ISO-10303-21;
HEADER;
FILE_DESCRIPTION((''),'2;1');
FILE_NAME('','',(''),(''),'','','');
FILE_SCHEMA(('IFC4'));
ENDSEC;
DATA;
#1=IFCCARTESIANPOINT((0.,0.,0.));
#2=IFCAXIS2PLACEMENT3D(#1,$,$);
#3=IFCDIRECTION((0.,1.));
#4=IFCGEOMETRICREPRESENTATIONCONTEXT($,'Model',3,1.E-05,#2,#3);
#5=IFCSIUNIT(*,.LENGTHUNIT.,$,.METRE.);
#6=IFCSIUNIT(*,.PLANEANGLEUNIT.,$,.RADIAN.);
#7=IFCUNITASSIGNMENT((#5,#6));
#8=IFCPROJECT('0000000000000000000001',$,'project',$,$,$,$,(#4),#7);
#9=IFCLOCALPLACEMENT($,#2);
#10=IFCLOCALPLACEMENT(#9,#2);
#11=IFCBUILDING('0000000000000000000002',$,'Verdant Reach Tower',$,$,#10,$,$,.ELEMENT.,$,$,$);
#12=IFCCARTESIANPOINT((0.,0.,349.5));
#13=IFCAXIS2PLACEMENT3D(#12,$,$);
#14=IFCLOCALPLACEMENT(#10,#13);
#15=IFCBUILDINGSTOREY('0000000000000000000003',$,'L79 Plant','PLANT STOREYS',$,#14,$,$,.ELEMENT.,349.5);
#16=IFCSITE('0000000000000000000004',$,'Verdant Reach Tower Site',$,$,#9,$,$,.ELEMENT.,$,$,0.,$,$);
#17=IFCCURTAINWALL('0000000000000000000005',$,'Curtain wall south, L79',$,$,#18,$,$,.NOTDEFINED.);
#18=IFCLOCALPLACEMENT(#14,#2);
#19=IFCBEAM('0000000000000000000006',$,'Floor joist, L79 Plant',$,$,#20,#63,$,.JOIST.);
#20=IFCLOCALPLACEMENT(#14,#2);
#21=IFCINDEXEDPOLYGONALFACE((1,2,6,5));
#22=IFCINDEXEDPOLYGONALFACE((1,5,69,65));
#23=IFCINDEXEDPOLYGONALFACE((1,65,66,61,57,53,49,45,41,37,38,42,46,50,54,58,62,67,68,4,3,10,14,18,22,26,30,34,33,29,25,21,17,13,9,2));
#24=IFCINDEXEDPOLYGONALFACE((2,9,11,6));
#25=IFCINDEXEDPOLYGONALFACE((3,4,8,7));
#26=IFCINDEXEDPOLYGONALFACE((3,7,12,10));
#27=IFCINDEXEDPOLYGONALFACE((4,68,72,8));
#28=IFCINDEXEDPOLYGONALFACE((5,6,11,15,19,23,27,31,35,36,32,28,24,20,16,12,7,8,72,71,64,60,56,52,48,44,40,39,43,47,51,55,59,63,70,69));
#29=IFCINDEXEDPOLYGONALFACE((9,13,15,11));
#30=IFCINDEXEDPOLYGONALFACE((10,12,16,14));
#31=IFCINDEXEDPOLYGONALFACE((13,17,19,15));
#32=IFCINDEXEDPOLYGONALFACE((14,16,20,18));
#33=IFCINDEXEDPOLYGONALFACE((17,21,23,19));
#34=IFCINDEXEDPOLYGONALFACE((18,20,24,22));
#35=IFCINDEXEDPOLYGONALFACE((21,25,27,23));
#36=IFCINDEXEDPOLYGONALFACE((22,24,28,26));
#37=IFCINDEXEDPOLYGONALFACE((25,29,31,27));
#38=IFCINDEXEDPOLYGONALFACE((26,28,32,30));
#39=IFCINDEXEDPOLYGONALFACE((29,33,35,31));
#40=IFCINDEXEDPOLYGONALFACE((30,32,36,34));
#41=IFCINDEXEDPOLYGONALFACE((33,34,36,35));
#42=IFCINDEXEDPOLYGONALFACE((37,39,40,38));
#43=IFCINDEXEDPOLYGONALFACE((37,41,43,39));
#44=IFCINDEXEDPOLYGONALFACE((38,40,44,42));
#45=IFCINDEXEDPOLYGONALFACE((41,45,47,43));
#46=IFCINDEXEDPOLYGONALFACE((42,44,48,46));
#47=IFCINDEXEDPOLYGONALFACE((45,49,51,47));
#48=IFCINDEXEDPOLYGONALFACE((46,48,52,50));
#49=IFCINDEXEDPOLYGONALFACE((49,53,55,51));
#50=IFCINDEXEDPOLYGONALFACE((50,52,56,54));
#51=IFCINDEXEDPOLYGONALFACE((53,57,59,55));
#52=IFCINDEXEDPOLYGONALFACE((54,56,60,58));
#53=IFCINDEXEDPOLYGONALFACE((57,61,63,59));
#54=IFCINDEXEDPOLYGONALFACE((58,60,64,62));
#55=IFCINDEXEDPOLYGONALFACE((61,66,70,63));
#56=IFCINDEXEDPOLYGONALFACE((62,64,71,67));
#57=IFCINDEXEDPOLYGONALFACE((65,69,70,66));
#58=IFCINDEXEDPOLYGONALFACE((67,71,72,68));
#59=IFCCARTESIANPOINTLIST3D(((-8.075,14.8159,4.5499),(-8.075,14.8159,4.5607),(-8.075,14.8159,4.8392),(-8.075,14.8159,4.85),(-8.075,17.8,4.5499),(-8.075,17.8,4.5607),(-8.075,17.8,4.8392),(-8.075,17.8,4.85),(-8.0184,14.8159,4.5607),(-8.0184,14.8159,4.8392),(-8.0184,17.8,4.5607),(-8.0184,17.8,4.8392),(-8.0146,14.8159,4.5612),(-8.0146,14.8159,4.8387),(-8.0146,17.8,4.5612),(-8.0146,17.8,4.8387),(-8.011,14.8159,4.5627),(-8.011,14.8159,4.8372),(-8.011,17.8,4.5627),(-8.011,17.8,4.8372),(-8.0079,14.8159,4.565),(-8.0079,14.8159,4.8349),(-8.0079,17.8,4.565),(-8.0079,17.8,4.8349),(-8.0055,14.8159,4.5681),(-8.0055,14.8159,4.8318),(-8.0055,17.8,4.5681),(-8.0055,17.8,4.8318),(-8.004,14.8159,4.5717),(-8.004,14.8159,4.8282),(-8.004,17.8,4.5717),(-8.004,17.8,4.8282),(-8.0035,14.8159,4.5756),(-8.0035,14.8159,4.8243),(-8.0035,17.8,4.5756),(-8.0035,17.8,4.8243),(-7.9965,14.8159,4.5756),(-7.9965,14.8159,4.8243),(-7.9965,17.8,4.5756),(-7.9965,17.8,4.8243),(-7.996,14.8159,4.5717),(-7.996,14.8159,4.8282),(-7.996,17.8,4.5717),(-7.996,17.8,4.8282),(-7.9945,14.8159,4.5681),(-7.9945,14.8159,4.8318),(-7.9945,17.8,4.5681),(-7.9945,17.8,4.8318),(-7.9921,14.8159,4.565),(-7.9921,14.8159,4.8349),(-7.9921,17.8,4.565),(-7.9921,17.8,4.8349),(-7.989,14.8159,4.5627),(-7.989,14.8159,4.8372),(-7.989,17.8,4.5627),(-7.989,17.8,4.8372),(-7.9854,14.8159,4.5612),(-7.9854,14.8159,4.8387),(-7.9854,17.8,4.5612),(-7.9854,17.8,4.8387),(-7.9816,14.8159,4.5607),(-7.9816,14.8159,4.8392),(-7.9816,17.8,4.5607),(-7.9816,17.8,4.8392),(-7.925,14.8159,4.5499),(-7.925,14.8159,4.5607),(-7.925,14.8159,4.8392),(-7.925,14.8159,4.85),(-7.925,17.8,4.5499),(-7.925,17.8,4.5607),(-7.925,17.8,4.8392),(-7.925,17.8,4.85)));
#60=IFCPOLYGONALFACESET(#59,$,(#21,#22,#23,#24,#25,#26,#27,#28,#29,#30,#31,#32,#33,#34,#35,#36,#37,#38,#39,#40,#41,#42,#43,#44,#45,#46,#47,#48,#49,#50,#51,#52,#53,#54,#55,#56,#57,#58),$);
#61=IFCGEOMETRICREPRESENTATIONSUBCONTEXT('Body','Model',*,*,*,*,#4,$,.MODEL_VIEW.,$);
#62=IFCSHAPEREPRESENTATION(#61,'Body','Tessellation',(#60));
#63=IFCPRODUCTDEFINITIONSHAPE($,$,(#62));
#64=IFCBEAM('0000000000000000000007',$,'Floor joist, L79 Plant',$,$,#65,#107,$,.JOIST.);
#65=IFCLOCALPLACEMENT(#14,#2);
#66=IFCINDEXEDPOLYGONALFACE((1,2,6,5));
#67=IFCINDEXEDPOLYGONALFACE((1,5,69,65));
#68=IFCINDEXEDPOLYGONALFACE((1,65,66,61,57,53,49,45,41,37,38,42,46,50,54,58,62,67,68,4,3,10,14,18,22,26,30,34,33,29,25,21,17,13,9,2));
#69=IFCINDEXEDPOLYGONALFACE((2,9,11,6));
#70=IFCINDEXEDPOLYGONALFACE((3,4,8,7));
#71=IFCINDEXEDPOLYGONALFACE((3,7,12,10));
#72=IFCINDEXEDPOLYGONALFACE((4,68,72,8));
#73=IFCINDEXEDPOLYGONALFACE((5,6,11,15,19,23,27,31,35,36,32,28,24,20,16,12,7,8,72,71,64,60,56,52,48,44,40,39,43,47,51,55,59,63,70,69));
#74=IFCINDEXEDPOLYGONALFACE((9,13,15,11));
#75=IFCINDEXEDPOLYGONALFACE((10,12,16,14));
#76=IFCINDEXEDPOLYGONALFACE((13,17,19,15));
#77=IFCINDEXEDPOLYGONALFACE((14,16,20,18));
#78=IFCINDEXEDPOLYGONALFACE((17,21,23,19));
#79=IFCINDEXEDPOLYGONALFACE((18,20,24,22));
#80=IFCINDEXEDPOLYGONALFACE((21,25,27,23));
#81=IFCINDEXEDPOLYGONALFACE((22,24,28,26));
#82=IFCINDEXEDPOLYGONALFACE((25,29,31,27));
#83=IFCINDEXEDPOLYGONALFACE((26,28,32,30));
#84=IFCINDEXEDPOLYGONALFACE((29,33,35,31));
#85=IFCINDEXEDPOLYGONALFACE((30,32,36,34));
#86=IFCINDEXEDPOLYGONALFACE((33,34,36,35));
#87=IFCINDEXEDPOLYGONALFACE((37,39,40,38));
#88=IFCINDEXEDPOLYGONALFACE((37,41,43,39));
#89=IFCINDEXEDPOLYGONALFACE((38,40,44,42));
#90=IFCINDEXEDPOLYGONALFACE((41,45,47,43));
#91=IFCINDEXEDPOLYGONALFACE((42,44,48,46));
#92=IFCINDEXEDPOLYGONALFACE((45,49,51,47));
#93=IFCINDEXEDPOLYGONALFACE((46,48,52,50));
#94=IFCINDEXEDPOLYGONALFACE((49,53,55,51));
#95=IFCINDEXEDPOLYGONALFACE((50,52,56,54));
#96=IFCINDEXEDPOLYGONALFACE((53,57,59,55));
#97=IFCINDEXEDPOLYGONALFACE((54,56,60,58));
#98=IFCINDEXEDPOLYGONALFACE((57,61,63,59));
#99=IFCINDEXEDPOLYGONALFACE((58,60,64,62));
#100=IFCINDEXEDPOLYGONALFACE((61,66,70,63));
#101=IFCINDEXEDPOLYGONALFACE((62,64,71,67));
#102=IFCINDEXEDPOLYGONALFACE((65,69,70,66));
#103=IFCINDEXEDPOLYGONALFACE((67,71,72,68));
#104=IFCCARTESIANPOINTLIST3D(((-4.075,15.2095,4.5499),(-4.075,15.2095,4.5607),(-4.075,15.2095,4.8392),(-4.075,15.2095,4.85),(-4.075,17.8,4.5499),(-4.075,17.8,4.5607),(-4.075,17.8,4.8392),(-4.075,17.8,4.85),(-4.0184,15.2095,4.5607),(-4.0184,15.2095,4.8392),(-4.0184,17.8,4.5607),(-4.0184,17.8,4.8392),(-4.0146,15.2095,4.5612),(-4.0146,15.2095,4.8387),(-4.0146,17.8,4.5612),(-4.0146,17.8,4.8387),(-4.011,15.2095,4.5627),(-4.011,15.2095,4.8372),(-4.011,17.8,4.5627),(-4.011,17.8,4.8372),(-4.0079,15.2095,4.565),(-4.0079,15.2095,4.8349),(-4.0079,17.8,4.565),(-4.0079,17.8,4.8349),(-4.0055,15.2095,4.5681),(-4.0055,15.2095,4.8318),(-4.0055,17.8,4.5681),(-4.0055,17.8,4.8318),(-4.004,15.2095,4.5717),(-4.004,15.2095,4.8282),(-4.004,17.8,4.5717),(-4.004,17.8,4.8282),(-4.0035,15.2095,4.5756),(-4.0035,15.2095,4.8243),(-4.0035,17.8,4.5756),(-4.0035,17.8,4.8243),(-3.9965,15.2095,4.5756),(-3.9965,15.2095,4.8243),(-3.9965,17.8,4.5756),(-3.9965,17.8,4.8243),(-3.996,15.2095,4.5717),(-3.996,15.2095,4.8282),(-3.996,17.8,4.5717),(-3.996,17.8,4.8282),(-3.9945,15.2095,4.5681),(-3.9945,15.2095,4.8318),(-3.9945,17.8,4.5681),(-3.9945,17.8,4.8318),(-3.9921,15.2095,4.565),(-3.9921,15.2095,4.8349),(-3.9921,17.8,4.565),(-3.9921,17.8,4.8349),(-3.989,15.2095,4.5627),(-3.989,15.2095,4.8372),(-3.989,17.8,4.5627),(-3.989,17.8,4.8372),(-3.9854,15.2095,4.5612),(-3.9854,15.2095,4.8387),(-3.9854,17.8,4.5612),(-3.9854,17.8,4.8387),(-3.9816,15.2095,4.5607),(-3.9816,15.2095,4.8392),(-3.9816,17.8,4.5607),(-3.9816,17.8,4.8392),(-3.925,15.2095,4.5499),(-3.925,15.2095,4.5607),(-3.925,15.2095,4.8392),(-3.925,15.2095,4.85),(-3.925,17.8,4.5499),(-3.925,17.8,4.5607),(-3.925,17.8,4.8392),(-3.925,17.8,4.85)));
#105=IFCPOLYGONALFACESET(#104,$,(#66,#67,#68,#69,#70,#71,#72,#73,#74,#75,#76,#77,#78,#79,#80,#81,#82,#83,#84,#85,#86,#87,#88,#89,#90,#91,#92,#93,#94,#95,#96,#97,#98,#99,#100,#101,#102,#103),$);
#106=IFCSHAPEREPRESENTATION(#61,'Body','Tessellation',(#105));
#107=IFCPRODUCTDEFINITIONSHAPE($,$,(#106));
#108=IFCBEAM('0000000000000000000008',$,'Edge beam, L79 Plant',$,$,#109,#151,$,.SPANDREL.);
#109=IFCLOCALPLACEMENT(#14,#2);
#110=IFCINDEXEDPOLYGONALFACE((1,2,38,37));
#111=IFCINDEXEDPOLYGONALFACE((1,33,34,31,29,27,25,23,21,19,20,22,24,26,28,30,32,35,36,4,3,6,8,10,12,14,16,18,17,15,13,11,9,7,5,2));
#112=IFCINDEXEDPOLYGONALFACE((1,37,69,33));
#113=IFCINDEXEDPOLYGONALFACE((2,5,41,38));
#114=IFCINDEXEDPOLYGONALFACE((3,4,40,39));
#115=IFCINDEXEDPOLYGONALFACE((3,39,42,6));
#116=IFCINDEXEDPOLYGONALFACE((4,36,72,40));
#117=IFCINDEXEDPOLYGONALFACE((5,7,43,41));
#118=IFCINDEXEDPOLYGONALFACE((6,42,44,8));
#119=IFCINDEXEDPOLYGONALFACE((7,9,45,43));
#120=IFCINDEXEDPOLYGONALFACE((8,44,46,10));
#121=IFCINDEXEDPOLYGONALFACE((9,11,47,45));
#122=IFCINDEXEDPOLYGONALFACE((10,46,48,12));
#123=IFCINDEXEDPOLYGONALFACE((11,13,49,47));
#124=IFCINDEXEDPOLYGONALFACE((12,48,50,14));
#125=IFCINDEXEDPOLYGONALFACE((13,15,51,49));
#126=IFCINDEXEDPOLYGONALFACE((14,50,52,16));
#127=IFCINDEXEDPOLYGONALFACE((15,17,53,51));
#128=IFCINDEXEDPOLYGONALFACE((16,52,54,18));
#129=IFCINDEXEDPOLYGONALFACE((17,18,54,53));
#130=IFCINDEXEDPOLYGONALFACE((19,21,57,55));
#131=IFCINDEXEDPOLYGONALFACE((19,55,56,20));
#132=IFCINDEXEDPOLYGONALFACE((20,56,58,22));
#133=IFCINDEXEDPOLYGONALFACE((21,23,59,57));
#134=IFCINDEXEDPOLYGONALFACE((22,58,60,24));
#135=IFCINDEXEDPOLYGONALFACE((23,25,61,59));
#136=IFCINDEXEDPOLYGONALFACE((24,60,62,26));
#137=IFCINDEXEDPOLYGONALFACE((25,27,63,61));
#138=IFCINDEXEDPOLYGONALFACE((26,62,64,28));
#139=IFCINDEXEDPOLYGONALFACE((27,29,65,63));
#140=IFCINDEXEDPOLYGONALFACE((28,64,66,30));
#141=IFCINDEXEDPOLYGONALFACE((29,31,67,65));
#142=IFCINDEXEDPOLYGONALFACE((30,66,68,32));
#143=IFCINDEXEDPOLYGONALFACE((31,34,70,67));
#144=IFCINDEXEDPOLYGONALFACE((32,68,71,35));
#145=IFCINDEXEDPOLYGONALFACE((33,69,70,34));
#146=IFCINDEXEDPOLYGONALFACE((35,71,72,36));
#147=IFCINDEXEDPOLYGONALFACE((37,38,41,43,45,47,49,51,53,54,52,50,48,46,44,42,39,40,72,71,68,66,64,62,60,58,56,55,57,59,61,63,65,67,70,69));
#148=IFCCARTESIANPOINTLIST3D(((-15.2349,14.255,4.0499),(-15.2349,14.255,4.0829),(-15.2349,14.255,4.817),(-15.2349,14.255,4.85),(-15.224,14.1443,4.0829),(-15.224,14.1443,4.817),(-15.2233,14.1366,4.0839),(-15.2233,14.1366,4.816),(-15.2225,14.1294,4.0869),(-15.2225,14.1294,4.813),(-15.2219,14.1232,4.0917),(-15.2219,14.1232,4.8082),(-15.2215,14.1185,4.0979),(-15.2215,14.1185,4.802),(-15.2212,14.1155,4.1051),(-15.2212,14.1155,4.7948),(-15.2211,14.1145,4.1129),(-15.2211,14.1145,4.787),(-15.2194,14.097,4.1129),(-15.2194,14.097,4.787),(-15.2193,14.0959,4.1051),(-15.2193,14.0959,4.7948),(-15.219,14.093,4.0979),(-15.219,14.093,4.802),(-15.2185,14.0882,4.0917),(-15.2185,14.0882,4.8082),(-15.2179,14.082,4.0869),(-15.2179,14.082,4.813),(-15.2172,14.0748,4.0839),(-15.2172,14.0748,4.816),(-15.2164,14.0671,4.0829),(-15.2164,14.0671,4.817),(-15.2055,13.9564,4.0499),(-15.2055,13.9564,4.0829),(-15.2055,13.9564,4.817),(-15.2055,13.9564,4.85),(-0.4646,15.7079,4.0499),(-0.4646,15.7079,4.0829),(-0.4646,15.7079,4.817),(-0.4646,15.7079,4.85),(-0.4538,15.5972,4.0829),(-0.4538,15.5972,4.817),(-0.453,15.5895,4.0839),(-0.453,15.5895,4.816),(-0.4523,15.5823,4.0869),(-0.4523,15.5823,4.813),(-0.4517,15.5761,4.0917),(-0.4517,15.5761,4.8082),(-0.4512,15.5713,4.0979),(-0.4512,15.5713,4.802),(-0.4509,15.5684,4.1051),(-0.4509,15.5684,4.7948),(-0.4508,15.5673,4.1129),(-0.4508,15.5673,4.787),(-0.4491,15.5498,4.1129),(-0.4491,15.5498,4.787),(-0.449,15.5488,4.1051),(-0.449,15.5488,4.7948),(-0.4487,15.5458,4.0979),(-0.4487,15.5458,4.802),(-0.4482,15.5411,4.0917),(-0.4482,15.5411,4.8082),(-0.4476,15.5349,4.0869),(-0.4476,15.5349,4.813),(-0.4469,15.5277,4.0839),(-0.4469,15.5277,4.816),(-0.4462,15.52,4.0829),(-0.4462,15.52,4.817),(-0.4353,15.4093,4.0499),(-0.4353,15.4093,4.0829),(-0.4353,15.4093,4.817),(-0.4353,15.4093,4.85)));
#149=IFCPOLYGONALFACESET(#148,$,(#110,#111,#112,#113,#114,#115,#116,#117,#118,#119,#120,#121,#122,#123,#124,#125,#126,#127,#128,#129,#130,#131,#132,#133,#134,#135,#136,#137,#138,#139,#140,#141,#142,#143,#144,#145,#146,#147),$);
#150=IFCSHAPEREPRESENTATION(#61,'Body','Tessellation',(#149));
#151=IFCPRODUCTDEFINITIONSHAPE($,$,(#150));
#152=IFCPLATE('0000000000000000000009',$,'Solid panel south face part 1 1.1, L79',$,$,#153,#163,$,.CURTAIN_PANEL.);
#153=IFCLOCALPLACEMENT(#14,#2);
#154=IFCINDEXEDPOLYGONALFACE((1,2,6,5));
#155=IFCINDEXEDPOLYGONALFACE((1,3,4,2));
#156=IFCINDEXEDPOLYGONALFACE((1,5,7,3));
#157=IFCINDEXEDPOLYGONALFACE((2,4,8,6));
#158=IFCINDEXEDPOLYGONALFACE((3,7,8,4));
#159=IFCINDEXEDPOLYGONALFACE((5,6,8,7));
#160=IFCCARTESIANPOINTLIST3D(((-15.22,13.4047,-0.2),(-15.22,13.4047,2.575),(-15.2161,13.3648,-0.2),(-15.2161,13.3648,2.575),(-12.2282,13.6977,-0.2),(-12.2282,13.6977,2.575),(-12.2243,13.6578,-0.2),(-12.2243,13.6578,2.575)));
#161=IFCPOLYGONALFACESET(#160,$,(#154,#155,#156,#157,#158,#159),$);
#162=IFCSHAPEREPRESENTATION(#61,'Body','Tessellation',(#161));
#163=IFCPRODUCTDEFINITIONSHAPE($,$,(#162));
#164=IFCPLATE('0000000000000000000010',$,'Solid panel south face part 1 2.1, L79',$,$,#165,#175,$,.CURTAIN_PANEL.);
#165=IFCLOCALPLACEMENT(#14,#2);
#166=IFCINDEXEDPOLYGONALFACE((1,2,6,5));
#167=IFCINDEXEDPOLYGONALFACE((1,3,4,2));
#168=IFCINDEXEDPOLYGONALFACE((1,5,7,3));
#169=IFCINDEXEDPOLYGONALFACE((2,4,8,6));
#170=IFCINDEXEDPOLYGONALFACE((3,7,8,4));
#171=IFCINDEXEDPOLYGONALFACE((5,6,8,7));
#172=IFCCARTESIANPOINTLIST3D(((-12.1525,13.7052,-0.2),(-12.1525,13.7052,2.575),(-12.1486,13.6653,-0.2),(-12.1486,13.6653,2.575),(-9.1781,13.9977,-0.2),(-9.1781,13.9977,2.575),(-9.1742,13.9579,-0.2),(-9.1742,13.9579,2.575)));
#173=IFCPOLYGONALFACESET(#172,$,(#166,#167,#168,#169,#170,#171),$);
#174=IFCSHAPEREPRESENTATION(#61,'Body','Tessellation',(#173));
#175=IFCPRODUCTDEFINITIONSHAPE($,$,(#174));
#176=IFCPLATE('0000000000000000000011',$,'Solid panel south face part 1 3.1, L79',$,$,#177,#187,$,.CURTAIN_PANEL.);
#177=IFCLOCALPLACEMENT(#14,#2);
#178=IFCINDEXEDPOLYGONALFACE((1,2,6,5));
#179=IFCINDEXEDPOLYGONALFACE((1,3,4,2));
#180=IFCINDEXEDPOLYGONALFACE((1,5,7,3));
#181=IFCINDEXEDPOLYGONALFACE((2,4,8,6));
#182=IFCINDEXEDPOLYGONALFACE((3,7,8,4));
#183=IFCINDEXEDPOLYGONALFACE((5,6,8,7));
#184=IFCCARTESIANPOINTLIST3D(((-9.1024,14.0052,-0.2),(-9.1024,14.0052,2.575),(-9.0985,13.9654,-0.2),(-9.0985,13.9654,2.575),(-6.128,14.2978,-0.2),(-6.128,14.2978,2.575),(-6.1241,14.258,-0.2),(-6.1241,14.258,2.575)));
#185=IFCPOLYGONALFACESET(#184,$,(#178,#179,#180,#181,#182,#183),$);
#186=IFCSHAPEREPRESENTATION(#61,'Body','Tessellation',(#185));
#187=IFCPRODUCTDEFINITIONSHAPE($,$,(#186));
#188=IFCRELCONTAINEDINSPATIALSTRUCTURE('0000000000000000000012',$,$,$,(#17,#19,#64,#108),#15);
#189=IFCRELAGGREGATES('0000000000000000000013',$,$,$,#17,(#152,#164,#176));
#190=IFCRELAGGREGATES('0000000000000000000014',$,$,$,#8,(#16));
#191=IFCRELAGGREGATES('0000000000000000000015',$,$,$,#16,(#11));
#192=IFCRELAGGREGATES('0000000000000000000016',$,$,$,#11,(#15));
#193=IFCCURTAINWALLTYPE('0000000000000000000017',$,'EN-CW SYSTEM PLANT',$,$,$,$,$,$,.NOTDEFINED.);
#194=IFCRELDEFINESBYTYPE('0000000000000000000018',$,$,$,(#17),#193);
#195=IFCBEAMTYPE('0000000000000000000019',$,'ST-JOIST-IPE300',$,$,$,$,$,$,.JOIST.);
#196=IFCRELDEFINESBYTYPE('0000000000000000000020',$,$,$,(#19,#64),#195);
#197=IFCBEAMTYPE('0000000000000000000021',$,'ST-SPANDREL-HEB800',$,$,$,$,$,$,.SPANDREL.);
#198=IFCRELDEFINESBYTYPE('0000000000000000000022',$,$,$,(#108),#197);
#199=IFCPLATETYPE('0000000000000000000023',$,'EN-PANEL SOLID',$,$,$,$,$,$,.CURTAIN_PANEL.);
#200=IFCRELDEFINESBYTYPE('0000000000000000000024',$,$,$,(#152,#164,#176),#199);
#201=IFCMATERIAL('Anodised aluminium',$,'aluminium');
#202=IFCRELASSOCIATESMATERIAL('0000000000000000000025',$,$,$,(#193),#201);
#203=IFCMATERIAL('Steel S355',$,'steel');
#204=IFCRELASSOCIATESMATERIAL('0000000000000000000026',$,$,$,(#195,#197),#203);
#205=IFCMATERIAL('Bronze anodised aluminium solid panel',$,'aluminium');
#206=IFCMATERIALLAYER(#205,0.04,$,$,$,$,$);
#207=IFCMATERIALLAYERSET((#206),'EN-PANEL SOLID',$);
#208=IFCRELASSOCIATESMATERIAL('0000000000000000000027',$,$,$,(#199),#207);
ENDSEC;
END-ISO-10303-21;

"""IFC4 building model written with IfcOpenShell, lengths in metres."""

from ifc_helpers import new_model, si_unit, direction, frame, origin, origin_2d, place, context, subcontext, project, spatial, rectangle, i_section, extrude, material, layer, layer_set, material_profile, profile_set, type_object, element, aggregate, save


model = new_model("IFC4")

# Units and contexts
model_context = context("Model", 3, precision=1e-05, world=origin(), true_north=direction((0.0, 1.0)))
body_context = subcontext(model_context, "Body", "Model", "MODEL_VIEW")
ifc_project = project(units=[si_unit("LENGTHUNIT", "METRE"), si_unit("PLANEANGLEUNIT", "RADIAN")], contexts=[model_context])

# Site, building, storey
site_placement = place(None, origin())
site = spatial("IfcSite", under=ifc_project, at=site_placement, Name="Verdant Reach Tower Site", CompositionType="ELEMENT", RefElevation=0.0)
building_placement = place(site_placement, origin())
building = spatial("IfcBuilding", under=site, at=building_placement, Name="Verdant Reach Tower", CompositionType="ELEMENT")
storey_placement = place(building_placement, frame((0.0, 0.0, 349.5)))
storey = spatial("IfcBuildingStorey", under=building, at=storey_placement, Name="L79 Plant", Description="PLANT STOREYS", CompositionType="ELEMENT", Elevation=349.5)

# Curtain wall
ifc_material_1 = material(Name="Anodised aluminium", Category="aluminium")
curtain_wall_type = type_object("IfcCurtainWallType", Name="EN-CW SYSTEM PLANT", PredefinedType="NOTDEFINED", material=ifc_material_1)
curtain_wall_placement = place(storey_placement, origin())
curtain_wall = element("IfcCurtainWall", 1, at=curtain_wall_placement, inside=storey, type_object=curtain_wall_type, Name="Curtain wall south, L79", PredefinedType="NOTDEFINED")

# Beams
ifc_material_2 = material(Name="Steel S355", Category="steel")
ifc_material_profile_1 = material_profile(ifc_material_2, i_section(OverallWidth=0.1499, OverallDepth=0.3, WebThickness=0.0071, FlangeThickness=0.0107, FilletRadius=0.0149, at=origin_2d()), Name="IPE 300")
ifc_profile_set_1 = profile_set([ifc_material_profile_1], Name="Steel S355")
beam_type_1 = type_object("IfcBeamType", Name="ST-JOIST-IPE300", PredefinedType="JOIST", material=ifc_profile_set_1)
beam_1_placement = place(storey_placement, frame((-8.0, 17.8, 4.7), z_axis=(0.0, -1.0, 0.0), x_axis=(1.0, 0.0, 0.0)))
element("IfcBeam", 2, at=beam_1_placement, inside=storey, type_object=beam_type_1, Name="Floor joist, L79 Plant", PredefinedType="JOIST", context=body_context, shape_type="SweptSolid", body=[
    extrude(i_section(OverallWidth=0.1499, OverallDepth=0.3, WebThickness=0.0071, FlangeThickness=0.0107, FilletRadius=0.0149, at=origin_2d()), origin(), (0.0, 0.0, 1.0), 2.9841),
])
beam_2_placement = place(storey_placement, frame((-4.0, 17.8, 4.7), z_axis=(0.0, -1.0, 0.0), x_axis=(1.0, 0.0, 0.0)))
element("IfcBeam", 3, at=beam_2_placement, inside=storey, type_object=beam_type_1, Name="Floor joist, L79 Plant", PredefinedType="JOIST", context=body_context, shape_type="SweptSolid", body=[
    extrude(i_section(OverallWidth=0.1499, OverallDepth=0.3, WebThickness=0.0071, FlangeThickness=0.0107, FilletRadius=0.0149, at=origin_2d()), origin(), (0.0, 0.0, 1.0), 2.5906),
])
ifc_material_profile_2 = material_profile(ifc_material_2, i_section(OverallWidth=0.3, OverallDepth=0.8, WebThickness=0.0176, FlangeThickness=0.033, FilletRadius=0.03, at=origin_2d()), Name="HEB 800")
ifc_profile_set_2 = profile_set([ifc_material_profile_2], Name="Steel S355")
beam_type_2 = type_object("IfcBeamType", Name="ST-SPANDREL-HEB800", PredefinedType="SPANDREL", material=ifc_profile_set_2)
beam_3_placement = place(storey_placement, frame((-0.45, 15.5586, 4.45), z_axis=(-0.995197, -0.097893, 0.0), x_axis=(0.097893, -0.995197, 0.0)))
element("IfcBeam", 4, at=beam_3_placement, inside=storey, type_object=beam_type_2, Name="Edge beam, L79 Plant", PredefinedType="SPANDREL", context=body_context, shape_type="SweptSolid", body=[
    extrude(i_section(OverallWidth=0.3, OverallDepth=0.8, WebThickness=0.0176, FlangeThickness=0.033, FilletRadius=0.03, at=origin_2d()), origin(), (0.0, 0.0, 1.0), 14.8416),
])

# Plates
ifc_material_3 = material(Name="Bronze anodised aluminium solid panel", Category="aluminium")
ifc_layer_1 = layer(ifc_material_3, 0.04)
ifc_layer_set_1 = layer_set([ifc_layer_1], Name="EN-PANEL SOLID")
plate_type = type_object("IfcPlateType", Name="EN-PANEL SOLID", PredefinedType="CURTAIN_PANEL", material=ifc_layer_set_1)
plate_1_placement = place(storey_placement, frame((-13.7222, 13.5312, -0.2), z_axis=(0.0, 0.0, 1.0), x_axis=(0.995238, 0.097473, 0.0)))
plate_1 = element("IfcPlate", 5, at=plate_1_placement, type_object=plate_type, Name="Solid panel south face part 1 1.1, L79", PredefinedType="CURTAIN_PANEL", context=body_context, shape_type="SweptSolid", body=[
    extrude(rectangle(XDim=3.0061, YDim=0.04, at=origin_2d()), origin(), (0.0, 0.0, 1.0), 2.7749),
])
plate_2_placement = place(storey_placement, frame((-10.6633, 13.8315, -0.2), z_axis=(0.0, 0.0, 1.0), x_axis=(0.995197, 0.097888, 0.0)))
plate_2 = element("IfcPlate", 6, at=plate_2_placement, type_object=plate_type, Name="Solid panel south face part 1 2.1, L79", PredefinedType="CURTAIN_PANEL", context=body_context, shape_type="SweptSolid", body=[
    extrude(rectangle(XDim=2.9888, YDim=0.04, at=origin_2d()), origin(), (0.0, 0.0, 1.0), 2.7749),
])
plate_3_placement = place(storey_placement, frame((-7.6133, 14.1316, -0.2), z_axis=(0.0, 0.0, 1.0), x_axis=(0.995197, 0.097888, 0.0)))
plate_3 = element("IfcPlate", 7, at=plate_3_placement, type_object=plate_type, Name="Solid panel south face part 1 3.1, L79", PredefinedType="CURTAIN_PANEL", context=body_context, shape_type="SweptSolid", body=[
    extrude(rectangle(XDim=2.9888, YDim=0.04, at=origin_2d()), origin(), (0.0, 0.0, 1.0), 2.7749),
])

aggregate(curtain_wall, [plate_1, plate_2, plate_3])

save(model, "model.ifc")
